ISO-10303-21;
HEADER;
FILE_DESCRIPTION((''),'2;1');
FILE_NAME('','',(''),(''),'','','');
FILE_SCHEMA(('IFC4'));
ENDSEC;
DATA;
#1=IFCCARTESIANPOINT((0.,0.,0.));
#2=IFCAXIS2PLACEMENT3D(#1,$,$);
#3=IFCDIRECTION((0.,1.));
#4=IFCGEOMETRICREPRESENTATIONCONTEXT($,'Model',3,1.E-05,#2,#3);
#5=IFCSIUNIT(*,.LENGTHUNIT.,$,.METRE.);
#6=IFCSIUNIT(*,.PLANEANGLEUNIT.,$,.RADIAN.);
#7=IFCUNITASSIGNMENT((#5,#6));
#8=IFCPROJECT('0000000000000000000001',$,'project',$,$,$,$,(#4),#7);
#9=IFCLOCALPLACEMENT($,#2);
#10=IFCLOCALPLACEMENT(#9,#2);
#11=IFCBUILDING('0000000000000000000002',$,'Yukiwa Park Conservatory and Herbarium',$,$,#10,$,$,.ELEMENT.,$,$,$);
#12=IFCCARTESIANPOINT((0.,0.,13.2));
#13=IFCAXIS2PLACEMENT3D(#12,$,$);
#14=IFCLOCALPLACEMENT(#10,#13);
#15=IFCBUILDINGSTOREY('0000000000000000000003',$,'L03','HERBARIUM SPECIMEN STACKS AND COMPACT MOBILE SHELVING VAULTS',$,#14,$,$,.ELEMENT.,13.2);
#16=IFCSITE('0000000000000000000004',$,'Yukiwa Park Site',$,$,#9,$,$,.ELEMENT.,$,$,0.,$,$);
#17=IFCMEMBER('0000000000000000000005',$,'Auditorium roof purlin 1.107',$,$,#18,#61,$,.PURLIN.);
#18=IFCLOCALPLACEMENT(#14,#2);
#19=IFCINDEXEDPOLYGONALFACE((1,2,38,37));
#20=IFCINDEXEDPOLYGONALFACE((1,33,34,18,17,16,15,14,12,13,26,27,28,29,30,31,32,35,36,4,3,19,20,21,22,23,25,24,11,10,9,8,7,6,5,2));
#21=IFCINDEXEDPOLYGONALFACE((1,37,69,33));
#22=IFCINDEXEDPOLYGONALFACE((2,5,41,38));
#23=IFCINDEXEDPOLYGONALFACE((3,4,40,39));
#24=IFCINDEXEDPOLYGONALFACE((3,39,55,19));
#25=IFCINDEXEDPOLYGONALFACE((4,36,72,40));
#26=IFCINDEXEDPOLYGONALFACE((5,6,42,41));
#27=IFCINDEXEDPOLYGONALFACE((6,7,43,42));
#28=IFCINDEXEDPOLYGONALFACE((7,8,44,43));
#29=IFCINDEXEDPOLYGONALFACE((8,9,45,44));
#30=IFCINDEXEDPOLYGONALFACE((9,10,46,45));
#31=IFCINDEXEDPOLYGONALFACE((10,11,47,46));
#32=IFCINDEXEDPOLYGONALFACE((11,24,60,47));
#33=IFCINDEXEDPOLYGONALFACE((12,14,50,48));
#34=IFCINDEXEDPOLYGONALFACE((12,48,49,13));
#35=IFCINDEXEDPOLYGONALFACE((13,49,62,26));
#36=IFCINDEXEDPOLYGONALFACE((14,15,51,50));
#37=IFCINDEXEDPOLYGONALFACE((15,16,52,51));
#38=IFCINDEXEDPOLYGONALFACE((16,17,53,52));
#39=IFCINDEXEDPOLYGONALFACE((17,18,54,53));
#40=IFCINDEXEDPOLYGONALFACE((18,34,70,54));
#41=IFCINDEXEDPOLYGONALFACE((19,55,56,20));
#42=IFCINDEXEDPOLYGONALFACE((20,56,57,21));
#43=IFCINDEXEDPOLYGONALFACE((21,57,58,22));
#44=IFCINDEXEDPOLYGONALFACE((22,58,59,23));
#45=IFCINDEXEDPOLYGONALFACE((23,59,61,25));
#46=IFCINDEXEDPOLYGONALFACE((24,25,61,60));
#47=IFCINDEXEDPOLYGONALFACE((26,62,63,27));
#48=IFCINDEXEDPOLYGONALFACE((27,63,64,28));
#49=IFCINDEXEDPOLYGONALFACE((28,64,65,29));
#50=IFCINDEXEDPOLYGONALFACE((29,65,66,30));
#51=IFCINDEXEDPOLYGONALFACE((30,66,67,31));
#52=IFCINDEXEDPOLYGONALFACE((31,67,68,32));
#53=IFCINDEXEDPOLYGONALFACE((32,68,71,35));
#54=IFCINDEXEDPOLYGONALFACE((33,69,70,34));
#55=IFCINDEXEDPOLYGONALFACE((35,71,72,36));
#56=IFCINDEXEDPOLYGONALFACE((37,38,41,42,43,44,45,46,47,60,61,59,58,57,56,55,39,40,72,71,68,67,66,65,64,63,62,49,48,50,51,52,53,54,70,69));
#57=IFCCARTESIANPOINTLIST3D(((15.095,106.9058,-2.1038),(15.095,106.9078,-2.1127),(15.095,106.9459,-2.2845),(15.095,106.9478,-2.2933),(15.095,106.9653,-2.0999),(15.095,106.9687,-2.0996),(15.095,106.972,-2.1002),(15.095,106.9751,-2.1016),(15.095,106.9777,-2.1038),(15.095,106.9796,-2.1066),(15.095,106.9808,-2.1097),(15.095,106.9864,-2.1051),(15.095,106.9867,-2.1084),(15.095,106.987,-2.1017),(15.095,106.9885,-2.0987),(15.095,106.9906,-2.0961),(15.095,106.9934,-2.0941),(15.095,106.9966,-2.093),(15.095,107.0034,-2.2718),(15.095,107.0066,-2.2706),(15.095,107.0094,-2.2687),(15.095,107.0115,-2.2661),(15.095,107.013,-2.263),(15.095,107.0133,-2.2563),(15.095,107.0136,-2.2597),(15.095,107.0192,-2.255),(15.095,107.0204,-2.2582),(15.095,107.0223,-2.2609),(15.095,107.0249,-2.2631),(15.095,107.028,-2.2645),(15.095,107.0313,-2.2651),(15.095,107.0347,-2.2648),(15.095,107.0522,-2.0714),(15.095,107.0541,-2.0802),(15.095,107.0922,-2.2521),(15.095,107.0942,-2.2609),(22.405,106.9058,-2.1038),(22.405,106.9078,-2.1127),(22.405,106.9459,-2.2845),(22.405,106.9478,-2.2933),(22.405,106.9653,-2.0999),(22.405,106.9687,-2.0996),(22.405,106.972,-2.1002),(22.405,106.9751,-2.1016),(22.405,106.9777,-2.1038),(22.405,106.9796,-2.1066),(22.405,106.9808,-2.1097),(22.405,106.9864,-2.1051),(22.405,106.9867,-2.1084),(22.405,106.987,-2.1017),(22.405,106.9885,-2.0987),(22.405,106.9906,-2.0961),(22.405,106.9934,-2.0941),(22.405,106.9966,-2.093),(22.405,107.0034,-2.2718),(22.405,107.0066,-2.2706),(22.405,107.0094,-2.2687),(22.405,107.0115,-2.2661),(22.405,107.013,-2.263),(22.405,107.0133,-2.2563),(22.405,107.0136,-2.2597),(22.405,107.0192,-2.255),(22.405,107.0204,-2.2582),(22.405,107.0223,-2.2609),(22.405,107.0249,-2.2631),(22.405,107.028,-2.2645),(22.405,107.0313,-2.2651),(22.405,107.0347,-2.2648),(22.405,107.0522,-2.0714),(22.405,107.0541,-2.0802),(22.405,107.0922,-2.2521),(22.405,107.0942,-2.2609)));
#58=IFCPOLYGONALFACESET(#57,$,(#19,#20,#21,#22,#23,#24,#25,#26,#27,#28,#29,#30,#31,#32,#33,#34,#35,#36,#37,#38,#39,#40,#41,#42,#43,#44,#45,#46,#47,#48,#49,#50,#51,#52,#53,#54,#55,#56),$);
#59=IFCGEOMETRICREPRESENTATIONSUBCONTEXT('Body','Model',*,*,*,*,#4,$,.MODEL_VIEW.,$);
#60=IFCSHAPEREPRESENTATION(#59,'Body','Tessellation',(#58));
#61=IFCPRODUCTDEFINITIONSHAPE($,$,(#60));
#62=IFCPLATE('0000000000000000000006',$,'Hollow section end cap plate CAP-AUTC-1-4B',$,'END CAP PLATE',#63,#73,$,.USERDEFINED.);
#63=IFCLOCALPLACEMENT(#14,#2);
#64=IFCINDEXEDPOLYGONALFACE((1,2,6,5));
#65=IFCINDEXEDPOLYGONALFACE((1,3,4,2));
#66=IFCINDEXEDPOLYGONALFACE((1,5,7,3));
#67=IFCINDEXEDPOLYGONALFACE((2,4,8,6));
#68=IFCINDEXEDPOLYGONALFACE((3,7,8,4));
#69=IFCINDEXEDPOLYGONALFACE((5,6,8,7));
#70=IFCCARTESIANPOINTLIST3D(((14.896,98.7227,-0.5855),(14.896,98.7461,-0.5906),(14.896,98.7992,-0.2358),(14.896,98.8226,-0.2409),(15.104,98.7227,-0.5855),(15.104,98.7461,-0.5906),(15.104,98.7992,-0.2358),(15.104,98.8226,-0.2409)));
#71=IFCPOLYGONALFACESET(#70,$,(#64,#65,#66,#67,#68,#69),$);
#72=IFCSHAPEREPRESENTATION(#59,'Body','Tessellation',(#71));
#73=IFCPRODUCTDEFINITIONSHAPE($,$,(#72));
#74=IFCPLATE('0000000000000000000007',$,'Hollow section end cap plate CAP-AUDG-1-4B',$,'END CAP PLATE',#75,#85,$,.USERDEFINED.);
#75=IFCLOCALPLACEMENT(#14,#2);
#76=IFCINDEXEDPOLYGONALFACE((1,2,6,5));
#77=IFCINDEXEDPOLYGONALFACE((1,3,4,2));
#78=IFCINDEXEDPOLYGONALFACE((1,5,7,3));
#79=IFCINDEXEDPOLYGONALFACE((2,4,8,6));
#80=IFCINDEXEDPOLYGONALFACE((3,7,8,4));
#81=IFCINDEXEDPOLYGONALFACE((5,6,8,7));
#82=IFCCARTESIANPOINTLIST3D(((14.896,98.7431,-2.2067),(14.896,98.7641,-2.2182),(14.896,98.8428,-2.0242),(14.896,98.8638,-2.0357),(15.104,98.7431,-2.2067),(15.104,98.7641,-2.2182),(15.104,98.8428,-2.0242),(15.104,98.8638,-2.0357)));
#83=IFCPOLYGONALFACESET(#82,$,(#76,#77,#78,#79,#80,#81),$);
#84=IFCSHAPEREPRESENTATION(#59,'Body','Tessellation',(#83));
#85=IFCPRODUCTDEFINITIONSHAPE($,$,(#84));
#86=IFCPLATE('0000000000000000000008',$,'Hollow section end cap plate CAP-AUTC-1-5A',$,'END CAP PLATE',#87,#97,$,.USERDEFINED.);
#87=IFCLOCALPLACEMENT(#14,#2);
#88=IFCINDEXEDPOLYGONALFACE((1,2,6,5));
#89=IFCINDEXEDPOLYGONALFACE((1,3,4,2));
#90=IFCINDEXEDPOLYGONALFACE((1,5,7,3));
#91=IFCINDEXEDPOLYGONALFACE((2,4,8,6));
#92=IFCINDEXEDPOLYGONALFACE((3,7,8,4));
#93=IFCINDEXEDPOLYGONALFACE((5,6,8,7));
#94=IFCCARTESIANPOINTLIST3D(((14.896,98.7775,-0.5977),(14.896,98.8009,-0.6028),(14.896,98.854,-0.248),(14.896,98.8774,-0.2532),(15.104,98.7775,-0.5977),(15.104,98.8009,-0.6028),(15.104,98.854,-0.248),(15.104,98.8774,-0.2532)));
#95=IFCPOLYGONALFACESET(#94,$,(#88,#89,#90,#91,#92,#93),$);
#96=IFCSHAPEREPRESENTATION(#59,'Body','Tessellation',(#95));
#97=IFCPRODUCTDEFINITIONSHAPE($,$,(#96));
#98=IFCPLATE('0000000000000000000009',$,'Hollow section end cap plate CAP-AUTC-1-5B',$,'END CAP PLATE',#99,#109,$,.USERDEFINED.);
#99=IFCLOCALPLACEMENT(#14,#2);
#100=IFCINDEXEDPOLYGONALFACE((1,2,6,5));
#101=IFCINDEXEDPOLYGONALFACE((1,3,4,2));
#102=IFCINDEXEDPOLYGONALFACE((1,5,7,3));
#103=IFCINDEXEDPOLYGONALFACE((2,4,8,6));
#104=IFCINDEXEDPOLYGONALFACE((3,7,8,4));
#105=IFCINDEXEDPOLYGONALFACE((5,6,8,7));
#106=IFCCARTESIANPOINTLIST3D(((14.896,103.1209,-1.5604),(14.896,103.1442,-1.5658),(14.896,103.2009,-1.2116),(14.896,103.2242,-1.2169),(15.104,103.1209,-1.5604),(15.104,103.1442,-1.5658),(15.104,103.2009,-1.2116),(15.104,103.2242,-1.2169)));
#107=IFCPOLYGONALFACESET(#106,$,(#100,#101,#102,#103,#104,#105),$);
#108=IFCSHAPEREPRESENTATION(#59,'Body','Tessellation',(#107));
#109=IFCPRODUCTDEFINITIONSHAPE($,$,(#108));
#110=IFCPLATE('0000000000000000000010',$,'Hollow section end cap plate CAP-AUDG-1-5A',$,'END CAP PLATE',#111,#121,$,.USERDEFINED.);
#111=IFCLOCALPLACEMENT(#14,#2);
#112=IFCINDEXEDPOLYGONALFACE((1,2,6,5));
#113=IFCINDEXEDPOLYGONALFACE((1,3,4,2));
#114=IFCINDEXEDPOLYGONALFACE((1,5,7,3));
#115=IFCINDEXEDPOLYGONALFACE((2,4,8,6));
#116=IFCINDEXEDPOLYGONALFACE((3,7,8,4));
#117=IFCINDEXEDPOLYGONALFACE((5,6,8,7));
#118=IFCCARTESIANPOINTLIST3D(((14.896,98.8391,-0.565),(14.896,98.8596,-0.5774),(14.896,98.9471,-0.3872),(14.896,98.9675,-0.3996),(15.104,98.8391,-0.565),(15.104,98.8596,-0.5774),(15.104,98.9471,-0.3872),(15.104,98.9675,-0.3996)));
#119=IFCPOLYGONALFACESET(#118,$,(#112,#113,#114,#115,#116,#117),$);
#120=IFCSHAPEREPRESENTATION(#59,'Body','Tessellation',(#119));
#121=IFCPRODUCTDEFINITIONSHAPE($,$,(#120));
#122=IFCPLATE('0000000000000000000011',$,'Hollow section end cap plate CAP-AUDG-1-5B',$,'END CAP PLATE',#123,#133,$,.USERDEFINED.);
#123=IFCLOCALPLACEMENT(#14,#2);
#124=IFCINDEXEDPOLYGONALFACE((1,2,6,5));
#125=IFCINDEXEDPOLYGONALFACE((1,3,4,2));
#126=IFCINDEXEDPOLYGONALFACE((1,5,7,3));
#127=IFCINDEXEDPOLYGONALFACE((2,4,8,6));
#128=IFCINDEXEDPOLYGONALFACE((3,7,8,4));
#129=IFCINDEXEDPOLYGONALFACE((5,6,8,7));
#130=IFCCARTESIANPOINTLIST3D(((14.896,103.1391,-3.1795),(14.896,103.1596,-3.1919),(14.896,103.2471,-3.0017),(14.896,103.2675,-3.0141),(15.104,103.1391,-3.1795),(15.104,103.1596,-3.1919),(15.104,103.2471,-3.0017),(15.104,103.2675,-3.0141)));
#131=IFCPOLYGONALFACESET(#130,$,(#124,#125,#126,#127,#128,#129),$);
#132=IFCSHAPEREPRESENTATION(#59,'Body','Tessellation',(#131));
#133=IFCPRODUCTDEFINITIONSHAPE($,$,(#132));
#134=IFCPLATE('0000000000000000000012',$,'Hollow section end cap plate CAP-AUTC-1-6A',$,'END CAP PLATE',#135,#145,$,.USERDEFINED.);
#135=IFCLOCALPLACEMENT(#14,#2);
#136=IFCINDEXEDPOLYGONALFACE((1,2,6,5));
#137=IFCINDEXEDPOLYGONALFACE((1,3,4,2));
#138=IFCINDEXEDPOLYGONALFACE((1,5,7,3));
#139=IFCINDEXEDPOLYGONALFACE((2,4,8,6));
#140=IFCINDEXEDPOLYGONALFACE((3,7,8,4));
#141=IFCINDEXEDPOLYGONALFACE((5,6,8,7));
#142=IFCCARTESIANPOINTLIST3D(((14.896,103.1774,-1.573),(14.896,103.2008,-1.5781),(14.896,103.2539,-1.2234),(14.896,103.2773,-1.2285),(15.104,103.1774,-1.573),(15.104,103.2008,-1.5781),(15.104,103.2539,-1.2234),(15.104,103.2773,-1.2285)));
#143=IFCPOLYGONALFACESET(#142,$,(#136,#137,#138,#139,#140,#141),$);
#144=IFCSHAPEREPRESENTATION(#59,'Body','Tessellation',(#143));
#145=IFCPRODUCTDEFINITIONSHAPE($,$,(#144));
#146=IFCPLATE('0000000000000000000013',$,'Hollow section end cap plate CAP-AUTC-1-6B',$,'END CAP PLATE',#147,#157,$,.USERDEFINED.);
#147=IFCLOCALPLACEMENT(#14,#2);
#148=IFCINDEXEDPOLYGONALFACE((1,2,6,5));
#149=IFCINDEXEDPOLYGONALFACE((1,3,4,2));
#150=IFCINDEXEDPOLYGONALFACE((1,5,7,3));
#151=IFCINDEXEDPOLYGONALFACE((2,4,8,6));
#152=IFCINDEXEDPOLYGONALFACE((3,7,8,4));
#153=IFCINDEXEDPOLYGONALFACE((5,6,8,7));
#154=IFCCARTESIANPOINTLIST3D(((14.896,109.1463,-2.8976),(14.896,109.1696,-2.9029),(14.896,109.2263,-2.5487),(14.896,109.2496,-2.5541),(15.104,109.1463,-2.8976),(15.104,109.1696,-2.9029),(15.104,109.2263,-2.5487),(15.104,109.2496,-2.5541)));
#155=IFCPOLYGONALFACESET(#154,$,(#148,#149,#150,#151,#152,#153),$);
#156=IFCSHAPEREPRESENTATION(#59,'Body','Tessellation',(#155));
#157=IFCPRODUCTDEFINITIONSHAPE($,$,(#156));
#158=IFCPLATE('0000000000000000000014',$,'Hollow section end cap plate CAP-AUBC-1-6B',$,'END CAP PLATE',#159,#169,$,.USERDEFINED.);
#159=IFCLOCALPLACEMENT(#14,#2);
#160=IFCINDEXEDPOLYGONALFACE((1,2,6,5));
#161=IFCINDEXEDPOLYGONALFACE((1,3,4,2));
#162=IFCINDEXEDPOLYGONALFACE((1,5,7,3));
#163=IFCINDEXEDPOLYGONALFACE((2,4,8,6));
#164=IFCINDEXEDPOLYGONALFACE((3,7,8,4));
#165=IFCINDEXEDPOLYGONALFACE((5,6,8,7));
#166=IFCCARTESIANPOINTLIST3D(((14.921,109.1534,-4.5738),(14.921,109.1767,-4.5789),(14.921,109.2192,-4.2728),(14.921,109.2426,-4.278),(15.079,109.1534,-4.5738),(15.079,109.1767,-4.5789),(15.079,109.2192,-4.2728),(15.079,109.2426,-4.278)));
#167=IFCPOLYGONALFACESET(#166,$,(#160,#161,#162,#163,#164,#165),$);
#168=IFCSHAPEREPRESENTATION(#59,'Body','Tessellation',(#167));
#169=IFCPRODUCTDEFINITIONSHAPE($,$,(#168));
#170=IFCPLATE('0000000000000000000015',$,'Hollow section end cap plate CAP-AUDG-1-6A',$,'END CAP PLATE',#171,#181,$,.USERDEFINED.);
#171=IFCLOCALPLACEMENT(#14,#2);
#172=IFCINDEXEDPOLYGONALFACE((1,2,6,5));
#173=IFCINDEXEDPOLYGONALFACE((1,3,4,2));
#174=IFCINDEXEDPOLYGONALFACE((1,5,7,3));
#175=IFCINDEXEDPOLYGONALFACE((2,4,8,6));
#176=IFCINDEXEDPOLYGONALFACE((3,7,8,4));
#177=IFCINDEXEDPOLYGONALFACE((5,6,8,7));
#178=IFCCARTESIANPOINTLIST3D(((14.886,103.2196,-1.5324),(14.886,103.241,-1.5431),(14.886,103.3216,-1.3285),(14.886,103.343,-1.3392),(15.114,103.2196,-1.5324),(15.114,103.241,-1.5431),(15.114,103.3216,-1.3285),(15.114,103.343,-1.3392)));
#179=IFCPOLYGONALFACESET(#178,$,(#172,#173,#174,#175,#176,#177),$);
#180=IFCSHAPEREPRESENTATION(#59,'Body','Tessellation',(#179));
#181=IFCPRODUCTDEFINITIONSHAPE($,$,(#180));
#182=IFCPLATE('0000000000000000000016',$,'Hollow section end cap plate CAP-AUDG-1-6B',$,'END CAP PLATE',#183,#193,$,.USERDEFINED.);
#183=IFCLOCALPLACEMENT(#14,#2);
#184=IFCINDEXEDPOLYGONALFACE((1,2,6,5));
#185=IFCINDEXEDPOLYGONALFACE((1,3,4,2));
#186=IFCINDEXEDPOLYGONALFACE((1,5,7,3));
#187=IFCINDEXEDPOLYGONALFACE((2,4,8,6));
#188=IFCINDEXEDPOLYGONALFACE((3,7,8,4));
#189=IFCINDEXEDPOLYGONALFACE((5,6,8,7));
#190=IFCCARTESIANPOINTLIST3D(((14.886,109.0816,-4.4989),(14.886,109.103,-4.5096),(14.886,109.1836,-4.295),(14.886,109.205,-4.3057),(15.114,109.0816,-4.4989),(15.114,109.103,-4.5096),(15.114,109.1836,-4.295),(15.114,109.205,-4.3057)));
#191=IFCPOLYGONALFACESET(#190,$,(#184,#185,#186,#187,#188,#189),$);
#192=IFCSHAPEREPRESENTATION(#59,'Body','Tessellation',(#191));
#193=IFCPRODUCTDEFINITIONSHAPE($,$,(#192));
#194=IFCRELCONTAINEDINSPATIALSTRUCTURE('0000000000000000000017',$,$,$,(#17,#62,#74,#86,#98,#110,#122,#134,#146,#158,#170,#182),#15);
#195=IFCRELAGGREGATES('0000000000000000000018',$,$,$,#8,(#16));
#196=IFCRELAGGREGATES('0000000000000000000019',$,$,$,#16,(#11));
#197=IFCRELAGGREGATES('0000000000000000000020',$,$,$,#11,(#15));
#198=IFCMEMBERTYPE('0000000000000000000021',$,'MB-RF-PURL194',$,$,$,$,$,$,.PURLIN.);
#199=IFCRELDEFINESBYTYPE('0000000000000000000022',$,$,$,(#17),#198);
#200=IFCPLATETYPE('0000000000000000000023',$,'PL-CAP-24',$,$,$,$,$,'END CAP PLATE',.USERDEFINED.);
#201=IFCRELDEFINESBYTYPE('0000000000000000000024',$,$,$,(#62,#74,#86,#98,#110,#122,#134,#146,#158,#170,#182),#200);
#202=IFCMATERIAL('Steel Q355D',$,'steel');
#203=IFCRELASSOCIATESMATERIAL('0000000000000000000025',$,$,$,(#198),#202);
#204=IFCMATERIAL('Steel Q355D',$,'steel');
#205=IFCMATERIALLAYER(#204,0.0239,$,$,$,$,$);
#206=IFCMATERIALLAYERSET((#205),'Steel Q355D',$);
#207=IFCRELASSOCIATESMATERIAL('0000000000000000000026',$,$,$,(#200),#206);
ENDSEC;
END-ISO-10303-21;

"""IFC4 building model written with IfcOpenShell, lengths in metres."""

from ifc_helpers import new_model, si_unit, direction, frame, origin, origin_2d, place, context, subcontext, project, spatial, rectangle, i_section, extrude, material, layer, layer_set, material_profile, profile_set, type_object, element, save


model = new_model("IFC4")

# Units and contexts
model_context = context("Model", 3, precision=1e-05, world=origin(), true_north=direction((0.0, 1.0)))
body_context = subcontext(model_context, "Body", "Model", "MODEL_VIEW")
ifc_project = project(units=[si_unit("LENGTHUNIT", "METRE"), si_unit("PLANEANGLEUNIT", "RADIAN")], contexts=[model_context])

# Site, building, storey
site_placement = place(None, origin())
site = spatial("IfcSite", under=ifc_project, at=site_placement, Name="Yukiwa Park Site", CompositionType="ELEMENT", RefElevation=0.0)
building_placement = place(site_placement, origin())
building = spatial("IfcBuilding", under=site, at=building_placement, Name="Yukiwa Park Conservatory and Herbarium", CompositionType="ELEMENT")
storey_placement = place(building_placement, frame((0.0, 0.0, 13.2)))
storey = spatial("IfcBuildingStorey", under=building, at=storey_placement, Name="L03", Description="HERBARIUM SPECIMEN STACKS AND COMPACT MOBILE SHELVING VAULTS", CompositionType="ELEMENT", Elevation=13.2)

# Member
ifc_material_1 = material(Name="Steel Q355D", Category="steel")
ifc_material_profile_1 = material_profile(ifc_material_1, i_section(OverallWidth=0.1499, OverallDepth=0.1941, WebThickness=0.0061, FlangeThickness=0.009, FilletRadius=0.0129, at=origin_2d()), Name="HM 194x150x6x9")
ifc_profile_set_1 = profile_set([ifc_material_profile_1], Name="Steel Q355D")
member_type_1 = type_object("IfcMemberType", Name="MB-RF-PURL194", PredefinedType="PURLIN", material=ifc_profile_set_1)
for number, where, z_axis, x_axis, name in (
    (1, (15.095, 107.0, -2.1824), (1.0, 0.0, 0.0), (0.0, 0.976296, 0.21644), "Auditorium roof purlin 1.107"),
):
    element("IfcMember", number, at=place(storey_placement, frame(where, z_axis=z_axis, x_axis=x_axis)), inside=storey, type_object=member_type_1, Name=name, PredefinedType="PURLIN", context=body_context, shape_type="SweptSolid", body=[
        extrude(i_section(OverallWidth=0.1499, OverallDepth=0.1941, WebThickness=0.0061, FlangeThickness=0.009, FilletRadius=0.0129, at=origin_2d()), origin(), (0.0, 0.0, 1.0), 7.3101),
    ])

# Plates
ifc_material_2 = material(Name="Steel Q355D", Category="steel")
ifc_layer_1 = layer(ifc_material_2, 0.0239)
ifc_layer_set_1 = layer_set([ifc_layer_1], Name="Steel Q355D")
plate_type_1 = type_object("IfcPlateType", Name="PL-CAP-24", ElementType="END CAP PLATE", PredefinedType="USERDEFINED", material=ifc_layer_set_1)
plate_1_placement = place(storey_placement, frame((15.0, 98.761, -0.4106), z_axis=(0.0, 0.9769, -0.213697), x_axis=(-1.0, 0.0, 0.0)))
element("IfcPlate", 2, at=plate_1_placement, inside=storey, type_object=plate_type_1, Name="Hollow section end cap plate CAP-AUTC-1-4B", ObjectType="END CAP PLATE", PredefinedType="USERDEFINED", context=body_context, shape_type="SweptSolid", body=[
    extrude(rectangle(XDim=0.208, YDim=0.3579, at=origin_2d()), origin(), (0.0, 0.0, 1.0), 0.0239),
])
plate_2_placement = place(storey_placement, frame((15.0, 98.793, -2.1155), z_axis=(0.0, 0.877505, -0.479567), x_axis=(-1.0, 0.0, 0.0)))
element("IfcPlate", 3, at=plate_2_placement, inside=storey, type_object=plate_type_1, Name="Hollow section end cap plate CAP-AUDG-1-4B", ObjectType="END CAP PLATE", PredefinedType="USERDEFINED", context=body_context, shape_type="SweptSolid", body=[
    extrude(rectangle(XDim=0.208, YDim=0.208, at=origin_2d()), origin(), (0.0, 0.0, 1.0), 0.0239),
])
for number, where, z_axis, x_axis, name in (
    (4, (15.0, 98.8391, -0.428), (0.0, -0.9769, 0.213697), (1.0, 0.0, 0.0), "Hollow section end cap plate CAP-AUTC-1-5A"),
    (5, (15.0, 103.1609, -1.386), (0.0, 0.974732, -0.223376), (-1.0, 0.0, 0.0), "Hollow section end cap plate CAP-AUTC-1-5B"),
):
    element("IfcPlate", number, at=place(storey_placement, frame(where, z_axis=z_axis, x_axis=x_axis)), inside=storey, type_object=plate_type_1, Name=name, ObjectType="END CAP PLATE", PredefinedType="USERDEFINED", context=body_context, shape_type="SweptSolid", body=[
        extrude(rectangle(XDim=0.208, YDim=0.3579, at=origin_2d()), origin(), (0.0, 0.0, 1.0), 0.0239),
    ])
for number, where, z_axis, x_axis, name in (
    (6, (15.0, 98.9136, -0.4885), (0.0, -0.854788, 0.518978), (1.0, 0.0, 0.0), "Hollow section end cap plate CAP-AUDG-1-5A"),
    (7, (15.0, 103.1931, -3.0906), (0.0, 0.854788, -0.518978), (-1.0, 0.0, 0.0), "Hollow section end cap plate CAP-AUDG-1-5B"),
):
    element("IfcPlate", number, at=place(storey_placement, frame(where, z_axis=z_axis, x_axis=x_axis)), inside=storey, type_object=plate_type_1, Name=name, ObjectType="END CAP PLATE", PredefinedType="USERDEFINED", context=body_context, shape_type="SweptSolid", body=[
        extrude(rectangle(XDim=0.208, YDim=0.208, at=origin_2d()), origin(), (0.0, 0.0, 1.0), 0.0239),
    ])
for number, where, z_axis, x_axis, name in (
    (8, (15.0, 103.239, -1.4033), (0.0, -0.9769, 0.213697), (1.0, 0.0, 0.0), "Hollow section end cap plate CAP-AUTC-1-6A"),
    (9, (15.0, 109.1863, -2.7231), (0.0, 0.974732, -0.223376), (-1.0, 0.0, 0.0), "Hollow section end cap plate CAP-AUTC-1-6B"),
):
    element("IfcPlate", number, at=place(storey_placement, frame(where, z_axis=z_axis, x_axis=x_axis)), inside=storey, type_object=plate_type_1, Name=name, ObjectType="END CAP PLATE", PredefinedType="USERDEFINED", context=body_context, shape_type="SweptSolid", body=[
        extrude(rectangle(XDim=0.208, YDim=0.3579, at=origin_2d()), origin(), (0.0, 0.0, 1.0), 0.0239),
    ])
plate_3_placement = place(storey_placement, frame((15.0, 109.1863, -4.4233), z_axis=(0.0, 0.9769, -0.213697), x_axis=(-1.0, 0.0, 0.0)))
element("IfcPlate", 10, at=plate_3_placement, inside=storey, type_object=plate_type_1, Name="Hollow section end cap plate CAP-AUBC-1-6B", ObjectType="END CAP PLATE", PredefinedType="USERDEFINED", context=body_context, shape_type="SweptSolid", body=[
    extrude(rectangle(XDim=0.158, YDim=0.3081, at=origin_2d()), origin(), (0.0, 0.0, 1.0), 0.0239),
])
for number, where, z_axis, x_axis, name in (
    (11, (15.0, 103.292, -1.4412), (0.0, -0.894427, 0.447214), (1.0, 0.0, 0.0), "Hollow section end cap plate CAP-AUDG-1-6A"),
    (12, (15.0, 109.1326, -4.397), (0.0, 0.894427, -0.447214), (-1.0, 0.0, 0.0), "Hollow section end cap plate CAP-AUDG-1-6B"),
):
    element("IfcPlate", number, at=place(storey_placement, frame(where, z_axis=z_axis, x_axis=x_axis)), inside=storey, type_object=plate_type_1, Name=name, ObjectType="END CAP PLATE", PredefinedType="USERDEFINED", context=body_context, shape_type="SweptSolid", body=[
        extrude(rectangle(XDim=0.228, YDim=0.228, at=origin_2d()), origin(), (0.0, 0.0, 1.0), 0.0239),
    ])

save(model, "model.ifc")
